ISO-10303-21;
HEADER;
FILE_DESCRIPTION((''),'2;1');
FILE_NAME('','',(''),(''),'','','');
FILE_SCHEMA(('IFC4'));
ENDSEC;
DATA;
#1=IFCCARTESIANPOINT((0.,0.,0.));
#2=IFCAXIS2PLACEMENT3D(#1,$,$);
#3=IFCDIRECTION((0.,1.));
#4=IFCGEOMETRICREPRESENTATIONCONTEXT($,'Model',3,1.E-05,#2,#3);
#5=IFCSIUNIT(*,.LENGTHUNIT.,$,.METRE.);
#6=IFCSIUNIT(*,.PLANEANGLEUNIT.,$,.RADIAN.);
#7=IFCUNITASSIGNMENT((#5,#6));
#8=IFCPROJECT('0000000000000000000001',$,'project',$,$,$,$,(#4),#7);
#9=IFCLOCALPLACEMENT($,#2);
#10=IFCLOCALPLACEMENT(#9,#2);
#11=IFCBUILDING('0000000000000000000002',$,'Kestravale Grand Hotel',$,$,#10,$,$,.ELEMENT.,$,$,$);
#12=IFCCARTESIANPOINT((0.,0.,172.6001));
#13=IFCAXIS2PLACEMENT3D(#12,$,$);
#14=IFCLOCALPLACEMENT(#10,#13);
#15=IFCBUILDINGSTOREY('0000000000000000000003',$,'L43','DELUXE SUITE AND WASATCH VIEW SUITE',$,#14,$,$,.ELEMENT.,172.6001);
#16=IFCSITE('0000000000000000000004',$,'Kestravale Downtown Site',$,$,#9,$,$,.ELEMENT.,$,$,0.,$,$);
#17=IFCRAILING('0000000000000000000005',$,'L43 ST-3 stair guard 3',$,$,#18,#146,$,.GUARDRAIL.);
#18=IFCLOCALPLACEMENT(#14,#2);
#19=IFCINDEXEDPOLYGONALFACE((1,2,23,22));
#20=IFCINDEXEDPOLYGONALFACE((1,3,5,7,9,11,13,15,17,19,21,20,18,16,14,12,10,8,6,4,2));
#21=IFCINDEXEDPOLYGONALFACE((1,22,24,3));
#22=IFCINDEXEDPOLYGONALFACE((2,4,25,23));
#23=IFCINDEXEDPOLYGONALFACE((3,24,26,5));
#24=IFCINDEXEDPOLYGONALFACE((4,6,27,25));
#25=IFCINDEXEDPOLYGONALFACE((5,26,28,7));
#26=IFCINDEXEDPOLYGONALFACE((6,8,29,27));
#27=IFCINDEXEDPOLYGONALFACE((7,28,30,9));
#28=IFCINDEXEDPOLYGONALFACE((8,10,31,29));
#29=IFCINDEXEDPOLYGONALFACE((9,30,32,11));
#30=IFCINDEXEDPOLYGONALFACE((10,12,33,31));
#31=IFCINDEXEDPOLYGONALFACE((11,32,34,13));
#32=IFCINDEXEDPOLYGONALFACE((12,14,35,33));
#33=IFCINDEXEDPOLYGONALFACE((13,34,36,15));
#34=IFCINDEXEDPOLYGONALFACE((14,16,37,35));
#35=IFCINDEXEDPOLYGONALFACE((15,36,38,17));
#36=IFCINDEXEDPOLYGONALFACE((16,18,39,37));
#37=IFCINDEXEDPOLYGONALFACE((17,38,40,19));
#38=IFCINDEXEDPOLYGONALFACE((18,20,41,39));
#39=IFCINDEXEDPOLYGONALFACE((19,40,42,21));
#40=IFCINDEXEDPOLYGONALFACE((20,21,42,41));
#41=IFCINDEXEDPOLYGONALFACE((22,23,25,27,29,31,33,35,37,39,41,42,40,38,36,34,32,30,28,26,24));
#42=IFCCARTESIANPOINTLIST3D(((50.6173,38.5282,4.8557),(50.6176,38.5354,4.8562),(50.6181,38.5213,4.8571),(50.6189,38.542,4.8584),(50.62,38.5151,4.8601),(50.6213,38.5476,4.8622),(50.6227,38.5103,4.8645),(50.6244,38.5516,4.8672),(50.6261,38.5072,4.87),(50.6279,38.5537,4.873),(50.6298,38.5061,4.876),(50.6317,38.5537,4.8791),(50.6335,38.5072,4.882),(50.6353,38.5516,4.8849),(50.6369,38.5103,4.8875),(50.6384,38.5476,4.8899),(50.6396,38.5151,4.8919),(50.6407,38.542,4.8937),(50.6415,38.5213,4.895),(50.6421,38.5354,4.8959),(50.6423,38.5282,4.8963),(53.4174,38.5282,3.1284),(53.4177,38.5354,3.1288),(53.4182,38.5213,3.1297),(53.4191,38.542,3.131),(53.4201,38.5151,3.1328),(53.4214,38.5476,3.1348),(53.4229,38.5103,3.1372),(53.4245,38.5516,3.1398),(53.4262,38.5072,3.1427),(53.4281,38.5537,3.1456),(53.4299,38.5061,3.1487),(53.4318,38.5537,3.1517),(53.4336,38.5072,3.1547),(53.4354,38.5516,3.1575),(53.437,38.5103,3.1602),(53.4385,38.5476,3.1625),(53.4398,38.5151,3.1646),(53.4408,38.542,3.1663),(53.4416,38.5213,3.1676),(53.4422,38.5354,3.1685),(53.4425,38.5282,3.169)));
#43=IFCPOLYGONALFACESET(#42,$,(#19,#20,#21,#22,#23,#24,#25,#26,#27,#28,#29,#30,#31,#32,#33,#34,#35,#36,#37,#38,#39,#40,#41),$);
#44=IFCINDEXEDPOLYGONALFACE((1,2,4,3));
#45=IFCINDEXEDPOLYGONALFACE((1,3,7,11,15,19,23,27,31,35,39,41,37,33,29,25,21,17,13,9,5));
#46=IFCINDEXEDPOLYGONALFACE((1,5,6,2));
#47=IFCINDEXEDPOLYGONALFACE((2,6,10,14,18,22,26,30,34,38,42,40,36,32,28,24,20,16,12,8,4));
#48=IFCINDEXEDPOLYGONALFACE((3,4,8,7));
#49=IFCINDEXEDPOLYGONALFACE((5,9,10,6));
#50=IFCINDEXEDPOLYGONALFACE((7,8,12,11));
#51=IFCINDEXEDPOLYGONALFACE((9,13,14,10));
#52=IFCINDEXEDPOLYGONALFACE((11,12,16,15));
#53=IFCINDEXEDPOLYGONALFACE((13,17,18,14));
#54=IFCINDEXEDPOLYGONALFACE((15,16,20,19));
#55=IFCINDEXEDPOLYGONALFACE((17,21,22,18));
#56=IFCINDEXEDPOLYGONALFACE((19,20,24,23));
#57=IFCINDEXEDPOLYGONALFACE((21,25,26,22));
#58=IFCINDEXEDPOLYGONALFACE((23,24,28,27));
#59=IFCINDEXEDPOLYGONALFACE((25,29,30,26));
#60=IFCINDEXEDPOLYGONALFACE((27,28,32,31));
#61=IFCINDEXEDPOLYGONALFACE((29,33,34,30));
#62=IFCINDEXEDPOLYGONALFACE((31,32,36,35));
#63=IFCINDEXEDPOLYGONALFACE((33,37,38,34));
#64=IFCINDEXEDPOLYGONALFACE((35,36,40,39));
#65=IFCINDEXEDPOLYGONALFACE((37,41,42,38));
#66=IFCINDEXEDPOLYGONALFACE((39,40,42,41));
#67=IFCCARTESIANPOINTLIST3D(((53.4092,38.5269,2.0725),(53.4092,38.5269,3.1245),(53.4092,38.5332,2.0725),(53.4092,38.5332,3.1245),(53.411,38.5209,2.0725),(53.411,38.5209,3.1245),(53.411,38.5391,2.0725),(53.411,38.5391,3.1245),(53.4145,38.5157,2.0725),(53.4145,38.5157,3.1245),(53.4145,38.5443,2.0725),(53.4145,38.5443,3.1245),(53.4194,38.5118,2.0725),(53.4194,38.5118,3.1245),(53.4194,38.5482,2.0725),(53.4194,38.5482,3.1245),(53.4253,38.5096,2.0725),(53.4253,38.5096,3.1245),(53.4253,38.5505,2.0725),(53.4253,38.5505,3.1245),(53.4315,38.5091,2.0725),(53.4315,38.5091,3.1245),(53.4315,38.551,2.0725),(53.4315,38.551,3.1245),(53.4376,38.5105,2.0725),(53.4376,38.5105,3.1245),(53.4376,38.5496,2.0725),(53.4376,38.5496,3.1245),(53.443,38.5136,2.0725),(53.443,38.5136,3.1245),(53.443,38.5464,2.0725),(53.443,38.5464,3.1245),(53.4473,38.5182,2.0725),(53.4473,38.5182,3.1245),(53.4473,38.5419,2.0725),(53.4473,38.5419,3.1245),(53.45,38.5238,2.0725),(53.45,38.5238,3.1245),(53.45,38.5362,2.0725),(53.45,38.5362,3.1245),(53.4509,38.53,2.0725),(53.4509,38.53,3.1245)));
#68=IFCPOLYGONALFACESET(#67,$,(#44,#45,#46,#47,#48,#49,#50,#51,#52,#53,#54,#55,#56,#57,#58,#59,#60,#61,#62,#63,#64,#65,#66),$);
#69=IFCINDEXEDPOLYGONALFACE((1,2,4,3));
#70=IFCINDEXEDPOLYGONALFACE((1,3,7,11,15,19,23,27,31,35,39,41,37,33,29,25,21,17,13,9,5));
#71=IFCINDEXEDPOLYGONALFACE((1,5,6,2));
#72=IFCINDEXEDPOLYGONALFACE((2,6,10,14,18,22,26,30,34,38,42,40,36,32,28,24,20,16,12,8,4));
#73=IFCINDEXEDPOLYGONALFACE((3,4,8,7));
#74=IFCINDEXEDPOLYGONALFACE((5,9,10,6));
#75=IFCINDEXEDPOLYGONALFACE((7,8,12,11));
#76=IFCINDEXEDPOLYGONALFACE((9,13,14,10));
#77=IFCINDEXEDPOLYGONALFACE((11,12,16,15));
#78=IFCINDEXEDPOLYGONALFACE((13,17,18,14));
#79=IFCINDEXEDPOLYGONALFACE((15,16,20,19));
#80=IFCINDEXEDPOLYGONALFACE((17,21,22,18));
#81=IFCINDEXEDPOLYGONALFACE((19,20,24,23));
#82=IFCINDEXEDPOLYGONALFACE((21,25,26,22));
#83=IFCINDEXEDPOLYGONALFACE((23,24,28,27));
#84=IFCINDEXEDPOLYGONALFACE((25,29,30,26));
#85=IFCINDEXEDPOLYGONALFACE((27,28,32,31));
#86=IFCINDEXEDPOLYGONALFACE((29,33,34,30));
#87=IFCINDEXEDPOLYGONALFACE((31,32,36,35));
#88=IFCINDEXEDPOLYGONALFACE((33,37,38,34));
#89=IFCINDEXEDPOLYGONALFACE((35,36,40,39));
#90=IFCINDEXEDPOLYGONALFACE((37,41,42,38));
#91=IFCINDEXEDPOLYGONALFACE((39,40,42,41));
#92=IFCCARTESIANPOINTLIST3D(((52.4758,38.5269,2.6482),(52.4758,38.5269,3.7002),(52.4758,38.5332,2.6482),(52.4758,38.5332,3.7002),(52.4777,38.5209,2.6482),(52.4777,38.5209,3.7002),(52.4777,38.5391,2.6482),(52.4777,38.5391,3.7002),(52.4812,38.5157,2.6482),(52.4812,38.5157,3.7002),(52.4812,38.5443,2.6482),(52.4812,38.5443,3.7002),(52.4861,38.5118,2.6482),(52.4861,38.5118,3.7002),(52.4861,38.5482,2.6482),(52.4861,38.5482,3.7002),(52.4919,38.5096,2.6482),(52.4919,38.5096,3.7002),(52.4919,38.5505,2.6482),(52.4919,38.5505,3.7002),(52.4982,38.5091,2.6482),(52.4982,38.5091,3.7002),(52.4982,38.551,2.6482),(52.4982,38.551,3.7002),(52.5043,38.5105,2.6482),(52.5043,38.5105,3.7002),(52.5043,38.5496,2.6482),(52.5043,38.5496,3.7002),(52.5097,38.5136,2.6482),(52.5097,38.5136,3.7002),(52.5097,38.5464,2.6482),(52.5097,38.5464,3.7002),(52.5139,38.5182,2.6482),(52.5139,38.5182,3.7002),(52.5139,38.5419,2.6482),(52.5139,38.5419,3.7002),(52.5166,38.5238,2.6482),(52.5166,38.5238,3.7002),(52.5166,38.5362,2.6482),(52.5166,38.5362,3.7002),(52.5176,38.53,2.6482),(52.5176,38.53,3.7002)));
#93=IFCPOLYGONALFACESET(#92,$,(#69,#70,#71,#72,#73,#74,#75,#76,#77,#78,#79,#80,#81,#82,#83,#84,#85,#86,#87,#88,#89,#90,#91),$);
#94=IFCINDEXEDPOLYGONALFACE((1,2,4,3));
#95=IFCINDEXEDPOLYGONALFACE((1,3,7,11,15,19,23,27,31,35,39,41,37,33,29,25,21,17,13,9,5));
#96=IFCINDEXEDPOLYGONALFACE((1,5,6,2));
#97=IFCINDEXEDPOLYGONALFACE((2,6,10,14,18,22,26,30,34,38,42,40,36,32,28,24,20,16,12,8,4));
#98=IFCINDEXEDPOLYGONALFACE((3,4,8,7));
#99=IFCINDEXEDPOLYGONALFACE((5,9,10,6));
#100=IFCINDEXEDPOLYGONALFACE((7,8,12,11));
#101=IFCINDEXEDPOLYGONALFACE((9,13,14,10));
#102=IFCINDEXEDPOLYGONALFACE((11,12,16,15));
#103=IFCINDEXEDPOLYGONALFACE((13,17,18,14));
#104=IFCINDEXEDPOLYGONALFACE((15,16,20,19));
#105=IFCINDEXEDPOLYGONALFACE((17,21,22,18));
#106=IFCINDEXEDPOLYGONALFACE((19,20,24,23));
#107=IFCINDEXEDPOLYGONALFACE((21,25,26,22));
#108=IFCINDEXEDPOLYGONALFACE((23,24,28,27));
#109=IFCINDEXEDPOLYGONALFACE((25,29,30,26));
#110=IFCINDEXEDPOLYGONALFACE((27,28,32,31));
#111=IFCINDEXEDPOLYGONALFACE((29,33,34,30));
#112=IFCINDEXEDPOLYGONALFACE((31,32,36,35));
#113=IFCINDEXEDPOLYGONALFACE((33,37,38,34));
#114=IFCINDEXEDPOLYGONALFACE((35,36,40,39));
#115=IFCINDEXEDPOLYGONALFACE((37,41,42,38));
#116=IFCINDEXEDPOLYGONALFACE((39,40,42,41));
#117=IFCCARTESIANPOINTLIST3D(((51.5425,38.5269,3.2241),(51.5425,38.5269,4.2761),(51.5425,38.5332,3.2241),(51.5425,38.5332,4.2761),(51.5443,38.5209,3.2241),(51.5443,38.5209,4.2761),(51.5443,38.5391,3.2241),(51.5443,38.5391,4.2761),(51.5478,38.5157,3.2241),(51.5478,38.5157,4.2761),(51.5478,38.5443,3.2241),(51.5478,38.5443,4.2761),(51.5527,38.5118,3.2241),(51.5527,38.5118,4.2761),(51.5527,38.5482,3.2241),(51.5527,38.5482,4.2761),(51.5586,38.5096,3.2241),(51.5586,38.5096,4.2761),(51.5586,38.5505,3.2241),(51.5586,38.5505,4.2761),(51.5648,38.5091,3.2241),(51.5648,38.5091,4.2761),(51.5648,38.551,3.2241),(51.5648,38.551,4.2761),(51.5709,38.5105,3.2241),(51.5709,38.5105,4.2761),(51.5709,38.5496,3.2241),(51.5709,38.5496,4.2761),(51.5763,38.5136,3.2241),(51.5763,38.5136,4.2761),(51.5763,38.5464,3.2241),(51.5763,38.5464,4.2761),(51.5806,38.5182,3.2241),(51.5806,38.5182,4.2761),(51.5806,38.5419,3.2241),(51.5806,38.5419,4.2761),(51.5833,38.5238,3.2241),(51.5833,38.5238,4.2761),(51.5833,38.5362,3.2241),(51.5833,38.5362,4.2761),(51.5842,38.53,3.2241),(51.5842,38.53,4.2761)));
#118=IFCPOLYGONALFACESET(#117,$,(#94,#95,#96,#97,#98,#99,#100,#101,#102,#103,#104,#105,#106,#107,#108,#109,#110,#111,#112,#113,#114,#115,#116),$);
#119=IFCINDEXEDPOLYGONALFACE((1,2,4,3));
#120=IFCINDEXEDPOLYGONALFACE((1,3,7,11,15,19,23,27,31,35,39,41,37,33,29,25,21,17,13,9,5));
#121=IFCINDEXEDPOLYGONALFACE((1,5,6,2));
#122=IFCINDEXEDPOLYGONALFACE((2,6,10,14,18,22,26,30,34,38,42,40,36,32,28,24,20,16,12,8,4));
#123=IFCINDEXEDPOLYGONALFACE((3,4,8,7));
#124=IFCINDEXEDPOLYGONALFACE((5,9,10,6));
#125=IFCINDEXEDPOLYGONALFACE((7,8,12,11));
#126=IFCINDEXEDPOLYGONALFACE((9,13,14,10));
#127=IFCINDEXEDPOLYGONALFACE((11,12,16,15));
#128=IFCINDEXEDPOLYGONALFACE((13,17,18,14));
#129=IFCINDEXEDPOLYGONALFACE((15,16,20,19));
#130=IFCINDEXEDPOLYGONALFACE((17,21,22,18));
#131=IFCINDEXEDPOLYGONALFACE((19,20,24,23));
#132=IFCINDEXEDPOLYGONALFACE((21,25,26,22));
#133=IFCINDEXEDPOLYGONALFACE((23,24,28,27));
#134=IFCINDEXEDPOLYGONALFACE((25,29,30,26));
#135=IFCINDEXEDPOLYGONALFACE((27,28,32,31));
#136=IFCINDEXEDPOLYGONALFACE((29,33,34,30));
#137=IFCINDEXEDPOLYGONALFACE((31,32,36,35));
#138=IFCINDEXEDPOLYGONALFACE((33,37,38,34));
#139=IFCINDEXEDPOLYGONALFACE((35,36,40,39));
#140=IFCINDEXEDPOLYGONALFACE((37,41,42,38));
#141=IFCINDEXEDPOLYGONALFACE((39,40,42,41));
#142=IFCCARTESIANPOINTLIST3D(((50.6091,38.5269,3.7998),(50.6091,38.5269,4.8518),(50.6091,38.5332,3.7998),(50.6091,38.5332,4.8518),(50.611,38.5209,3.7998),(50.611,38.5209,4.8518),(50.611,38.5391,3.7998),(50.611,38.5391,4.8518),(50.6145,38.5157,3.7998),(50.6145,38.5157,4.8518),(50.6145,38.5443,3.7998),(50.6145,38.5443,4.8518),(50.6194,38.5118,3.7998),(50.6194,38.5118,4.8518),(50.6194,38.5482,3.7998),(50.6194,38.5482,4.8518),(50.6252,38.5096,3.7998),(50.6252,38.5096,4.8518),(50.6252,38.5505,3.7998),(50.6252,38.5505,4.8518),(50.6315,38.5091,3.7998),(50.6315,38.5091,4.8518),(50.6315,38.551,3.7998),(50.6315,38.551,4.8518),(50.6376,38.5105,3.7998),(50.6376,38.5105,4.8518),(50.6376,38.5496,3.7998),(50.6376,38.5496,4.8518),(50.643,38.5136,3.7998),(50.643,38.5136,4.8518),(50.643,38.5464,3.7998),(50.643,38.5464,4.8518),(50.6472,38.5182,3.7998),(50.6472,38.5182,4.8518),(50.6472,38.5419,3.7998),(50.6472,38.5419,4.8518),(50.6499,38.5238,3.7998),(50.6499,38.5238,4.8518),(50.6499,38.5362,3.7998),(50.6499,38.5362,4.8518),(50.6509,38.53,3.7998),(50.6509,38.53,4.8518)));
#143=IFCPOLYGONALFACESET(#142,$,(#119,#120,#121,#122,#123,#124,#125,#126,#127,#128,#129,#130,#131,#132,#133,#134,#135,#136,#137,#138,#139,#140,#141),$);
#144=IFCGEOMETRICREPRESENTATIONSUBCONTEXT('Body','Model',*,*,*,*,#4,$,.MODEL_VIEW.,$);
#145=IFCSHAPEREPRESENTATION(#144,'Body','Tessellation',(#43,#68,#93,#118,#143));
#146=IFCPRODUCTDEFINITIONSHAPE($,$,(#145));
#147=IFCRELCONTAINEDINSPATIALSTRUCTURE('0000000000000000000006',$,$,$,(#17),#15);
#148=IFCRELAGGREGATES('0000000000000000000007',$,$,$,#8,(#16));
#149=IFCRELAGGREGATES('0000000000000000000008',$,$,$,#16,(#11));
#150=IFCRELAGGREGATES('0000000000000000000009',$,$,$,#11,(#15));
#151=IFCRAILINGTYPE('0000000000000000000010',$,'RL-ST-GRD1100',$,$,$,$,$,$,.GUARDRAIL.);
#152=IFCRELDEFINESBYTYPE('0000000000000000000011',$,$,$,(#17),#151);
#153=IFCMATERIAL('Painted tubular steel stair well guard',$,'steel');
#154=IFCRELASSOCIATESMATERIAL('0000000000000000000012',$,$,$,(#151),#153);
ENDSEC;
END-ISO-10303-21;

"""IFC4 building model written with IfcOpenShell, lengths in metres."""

from ifc_helpers import new_model, si_unit, direction, frame, origin, origin_2d, place, context, subcontext, project, spatial, circle, extrude, material, type_object, element, save


model = new_model("IFC4")

# Units and contexts
model_context = context("Model", 3, precision=1e-05, world=origin(), true_north=direction((0.0, 1.0)))
body_context = subcontext(model_context, "Body", "Model", "MODEL_VIEW")
ifc_project = project(units=[si_unit("LENGTHUNIT", "METRE"), si_unit("PLANEANGLEUNIT", "RADIAN")], contexts=[model_context])

# Site, building, storey
site_placement = place(None, origin())
site = spatial("IfcSite", under=ifc_project, at=site_placement, Name="Kestravale Downtown Site", CompositionType="ELEMENT", RefElevation=0.0)
building_placement = place(site_placement, origin())
building = spatial("IfcBuilding", under=site, at=building_placement, Name="Kestravale Grand Hotel", CompositionType="ELEMENT")
storey_placement = place(building_placement, frame((0.0, 0.0, 172.6001)))
storey = spatial("IfcBuildingStorey", under=building, at=storey_placement, Name="L43", Description="DELUXE SUITE AND WASATCH VIEW SUITE", CompositionType="ELEMENT", Elevation=172.6001)

# Railing
ifc_material_1 = material(Name="Painted tubular steel stair well guard", Category="steel")
railing_type_1 = type_object("IfcRailingType", Name="RL-ST-GRD1100", PredefinedType="GUARDRAIL", material=ifc_material_1)
railing_1_placement = place(storey_placement, frame((53.4299, 38.53, 2.0725)))
element("IfcRailing", 1, at=railing_1_placement, inside=storey, type_object=railing_type_1, Name="L43 ST-3 stair guard 3", PredefinedType="GUARDRAIL", context=body_context, shape_type="SweptSolid", body=[
    extrude(circle(Radius=0.0239, at=origin_2d()), frame((0.0, 0.0, 1.0762), z_axis=(-0.85109, 0.0, 0.52502), x_axis=(0.0, -1.0, 0.0)), (0.0, 0.0, 1.0), 3.29),
    extrude(circle(Radius=0.021, at=origin_2d()), origin(), (0.0, 0.0, 1.0), 1.052),
    extrude(circle(Radius=0.021, at=origin_2d()), frame((-0.9333, 0.0, 0.5757)), (0.0, 0.0, 1.0), 1.052),
    extrude(circle(Radius=0.021, at=origin_2d()), frame((-1.8667, 0.0, 1.1516)), (0.0, 0.0, 1.0), 1.052),
    extrude(circle(Radius=0.021, at=origin_2d()), frame((-2.8, 0.0, 1.7273)), (0.0, 0.0, 1.0), 1.052),
])

save(model, "model.ifc")
